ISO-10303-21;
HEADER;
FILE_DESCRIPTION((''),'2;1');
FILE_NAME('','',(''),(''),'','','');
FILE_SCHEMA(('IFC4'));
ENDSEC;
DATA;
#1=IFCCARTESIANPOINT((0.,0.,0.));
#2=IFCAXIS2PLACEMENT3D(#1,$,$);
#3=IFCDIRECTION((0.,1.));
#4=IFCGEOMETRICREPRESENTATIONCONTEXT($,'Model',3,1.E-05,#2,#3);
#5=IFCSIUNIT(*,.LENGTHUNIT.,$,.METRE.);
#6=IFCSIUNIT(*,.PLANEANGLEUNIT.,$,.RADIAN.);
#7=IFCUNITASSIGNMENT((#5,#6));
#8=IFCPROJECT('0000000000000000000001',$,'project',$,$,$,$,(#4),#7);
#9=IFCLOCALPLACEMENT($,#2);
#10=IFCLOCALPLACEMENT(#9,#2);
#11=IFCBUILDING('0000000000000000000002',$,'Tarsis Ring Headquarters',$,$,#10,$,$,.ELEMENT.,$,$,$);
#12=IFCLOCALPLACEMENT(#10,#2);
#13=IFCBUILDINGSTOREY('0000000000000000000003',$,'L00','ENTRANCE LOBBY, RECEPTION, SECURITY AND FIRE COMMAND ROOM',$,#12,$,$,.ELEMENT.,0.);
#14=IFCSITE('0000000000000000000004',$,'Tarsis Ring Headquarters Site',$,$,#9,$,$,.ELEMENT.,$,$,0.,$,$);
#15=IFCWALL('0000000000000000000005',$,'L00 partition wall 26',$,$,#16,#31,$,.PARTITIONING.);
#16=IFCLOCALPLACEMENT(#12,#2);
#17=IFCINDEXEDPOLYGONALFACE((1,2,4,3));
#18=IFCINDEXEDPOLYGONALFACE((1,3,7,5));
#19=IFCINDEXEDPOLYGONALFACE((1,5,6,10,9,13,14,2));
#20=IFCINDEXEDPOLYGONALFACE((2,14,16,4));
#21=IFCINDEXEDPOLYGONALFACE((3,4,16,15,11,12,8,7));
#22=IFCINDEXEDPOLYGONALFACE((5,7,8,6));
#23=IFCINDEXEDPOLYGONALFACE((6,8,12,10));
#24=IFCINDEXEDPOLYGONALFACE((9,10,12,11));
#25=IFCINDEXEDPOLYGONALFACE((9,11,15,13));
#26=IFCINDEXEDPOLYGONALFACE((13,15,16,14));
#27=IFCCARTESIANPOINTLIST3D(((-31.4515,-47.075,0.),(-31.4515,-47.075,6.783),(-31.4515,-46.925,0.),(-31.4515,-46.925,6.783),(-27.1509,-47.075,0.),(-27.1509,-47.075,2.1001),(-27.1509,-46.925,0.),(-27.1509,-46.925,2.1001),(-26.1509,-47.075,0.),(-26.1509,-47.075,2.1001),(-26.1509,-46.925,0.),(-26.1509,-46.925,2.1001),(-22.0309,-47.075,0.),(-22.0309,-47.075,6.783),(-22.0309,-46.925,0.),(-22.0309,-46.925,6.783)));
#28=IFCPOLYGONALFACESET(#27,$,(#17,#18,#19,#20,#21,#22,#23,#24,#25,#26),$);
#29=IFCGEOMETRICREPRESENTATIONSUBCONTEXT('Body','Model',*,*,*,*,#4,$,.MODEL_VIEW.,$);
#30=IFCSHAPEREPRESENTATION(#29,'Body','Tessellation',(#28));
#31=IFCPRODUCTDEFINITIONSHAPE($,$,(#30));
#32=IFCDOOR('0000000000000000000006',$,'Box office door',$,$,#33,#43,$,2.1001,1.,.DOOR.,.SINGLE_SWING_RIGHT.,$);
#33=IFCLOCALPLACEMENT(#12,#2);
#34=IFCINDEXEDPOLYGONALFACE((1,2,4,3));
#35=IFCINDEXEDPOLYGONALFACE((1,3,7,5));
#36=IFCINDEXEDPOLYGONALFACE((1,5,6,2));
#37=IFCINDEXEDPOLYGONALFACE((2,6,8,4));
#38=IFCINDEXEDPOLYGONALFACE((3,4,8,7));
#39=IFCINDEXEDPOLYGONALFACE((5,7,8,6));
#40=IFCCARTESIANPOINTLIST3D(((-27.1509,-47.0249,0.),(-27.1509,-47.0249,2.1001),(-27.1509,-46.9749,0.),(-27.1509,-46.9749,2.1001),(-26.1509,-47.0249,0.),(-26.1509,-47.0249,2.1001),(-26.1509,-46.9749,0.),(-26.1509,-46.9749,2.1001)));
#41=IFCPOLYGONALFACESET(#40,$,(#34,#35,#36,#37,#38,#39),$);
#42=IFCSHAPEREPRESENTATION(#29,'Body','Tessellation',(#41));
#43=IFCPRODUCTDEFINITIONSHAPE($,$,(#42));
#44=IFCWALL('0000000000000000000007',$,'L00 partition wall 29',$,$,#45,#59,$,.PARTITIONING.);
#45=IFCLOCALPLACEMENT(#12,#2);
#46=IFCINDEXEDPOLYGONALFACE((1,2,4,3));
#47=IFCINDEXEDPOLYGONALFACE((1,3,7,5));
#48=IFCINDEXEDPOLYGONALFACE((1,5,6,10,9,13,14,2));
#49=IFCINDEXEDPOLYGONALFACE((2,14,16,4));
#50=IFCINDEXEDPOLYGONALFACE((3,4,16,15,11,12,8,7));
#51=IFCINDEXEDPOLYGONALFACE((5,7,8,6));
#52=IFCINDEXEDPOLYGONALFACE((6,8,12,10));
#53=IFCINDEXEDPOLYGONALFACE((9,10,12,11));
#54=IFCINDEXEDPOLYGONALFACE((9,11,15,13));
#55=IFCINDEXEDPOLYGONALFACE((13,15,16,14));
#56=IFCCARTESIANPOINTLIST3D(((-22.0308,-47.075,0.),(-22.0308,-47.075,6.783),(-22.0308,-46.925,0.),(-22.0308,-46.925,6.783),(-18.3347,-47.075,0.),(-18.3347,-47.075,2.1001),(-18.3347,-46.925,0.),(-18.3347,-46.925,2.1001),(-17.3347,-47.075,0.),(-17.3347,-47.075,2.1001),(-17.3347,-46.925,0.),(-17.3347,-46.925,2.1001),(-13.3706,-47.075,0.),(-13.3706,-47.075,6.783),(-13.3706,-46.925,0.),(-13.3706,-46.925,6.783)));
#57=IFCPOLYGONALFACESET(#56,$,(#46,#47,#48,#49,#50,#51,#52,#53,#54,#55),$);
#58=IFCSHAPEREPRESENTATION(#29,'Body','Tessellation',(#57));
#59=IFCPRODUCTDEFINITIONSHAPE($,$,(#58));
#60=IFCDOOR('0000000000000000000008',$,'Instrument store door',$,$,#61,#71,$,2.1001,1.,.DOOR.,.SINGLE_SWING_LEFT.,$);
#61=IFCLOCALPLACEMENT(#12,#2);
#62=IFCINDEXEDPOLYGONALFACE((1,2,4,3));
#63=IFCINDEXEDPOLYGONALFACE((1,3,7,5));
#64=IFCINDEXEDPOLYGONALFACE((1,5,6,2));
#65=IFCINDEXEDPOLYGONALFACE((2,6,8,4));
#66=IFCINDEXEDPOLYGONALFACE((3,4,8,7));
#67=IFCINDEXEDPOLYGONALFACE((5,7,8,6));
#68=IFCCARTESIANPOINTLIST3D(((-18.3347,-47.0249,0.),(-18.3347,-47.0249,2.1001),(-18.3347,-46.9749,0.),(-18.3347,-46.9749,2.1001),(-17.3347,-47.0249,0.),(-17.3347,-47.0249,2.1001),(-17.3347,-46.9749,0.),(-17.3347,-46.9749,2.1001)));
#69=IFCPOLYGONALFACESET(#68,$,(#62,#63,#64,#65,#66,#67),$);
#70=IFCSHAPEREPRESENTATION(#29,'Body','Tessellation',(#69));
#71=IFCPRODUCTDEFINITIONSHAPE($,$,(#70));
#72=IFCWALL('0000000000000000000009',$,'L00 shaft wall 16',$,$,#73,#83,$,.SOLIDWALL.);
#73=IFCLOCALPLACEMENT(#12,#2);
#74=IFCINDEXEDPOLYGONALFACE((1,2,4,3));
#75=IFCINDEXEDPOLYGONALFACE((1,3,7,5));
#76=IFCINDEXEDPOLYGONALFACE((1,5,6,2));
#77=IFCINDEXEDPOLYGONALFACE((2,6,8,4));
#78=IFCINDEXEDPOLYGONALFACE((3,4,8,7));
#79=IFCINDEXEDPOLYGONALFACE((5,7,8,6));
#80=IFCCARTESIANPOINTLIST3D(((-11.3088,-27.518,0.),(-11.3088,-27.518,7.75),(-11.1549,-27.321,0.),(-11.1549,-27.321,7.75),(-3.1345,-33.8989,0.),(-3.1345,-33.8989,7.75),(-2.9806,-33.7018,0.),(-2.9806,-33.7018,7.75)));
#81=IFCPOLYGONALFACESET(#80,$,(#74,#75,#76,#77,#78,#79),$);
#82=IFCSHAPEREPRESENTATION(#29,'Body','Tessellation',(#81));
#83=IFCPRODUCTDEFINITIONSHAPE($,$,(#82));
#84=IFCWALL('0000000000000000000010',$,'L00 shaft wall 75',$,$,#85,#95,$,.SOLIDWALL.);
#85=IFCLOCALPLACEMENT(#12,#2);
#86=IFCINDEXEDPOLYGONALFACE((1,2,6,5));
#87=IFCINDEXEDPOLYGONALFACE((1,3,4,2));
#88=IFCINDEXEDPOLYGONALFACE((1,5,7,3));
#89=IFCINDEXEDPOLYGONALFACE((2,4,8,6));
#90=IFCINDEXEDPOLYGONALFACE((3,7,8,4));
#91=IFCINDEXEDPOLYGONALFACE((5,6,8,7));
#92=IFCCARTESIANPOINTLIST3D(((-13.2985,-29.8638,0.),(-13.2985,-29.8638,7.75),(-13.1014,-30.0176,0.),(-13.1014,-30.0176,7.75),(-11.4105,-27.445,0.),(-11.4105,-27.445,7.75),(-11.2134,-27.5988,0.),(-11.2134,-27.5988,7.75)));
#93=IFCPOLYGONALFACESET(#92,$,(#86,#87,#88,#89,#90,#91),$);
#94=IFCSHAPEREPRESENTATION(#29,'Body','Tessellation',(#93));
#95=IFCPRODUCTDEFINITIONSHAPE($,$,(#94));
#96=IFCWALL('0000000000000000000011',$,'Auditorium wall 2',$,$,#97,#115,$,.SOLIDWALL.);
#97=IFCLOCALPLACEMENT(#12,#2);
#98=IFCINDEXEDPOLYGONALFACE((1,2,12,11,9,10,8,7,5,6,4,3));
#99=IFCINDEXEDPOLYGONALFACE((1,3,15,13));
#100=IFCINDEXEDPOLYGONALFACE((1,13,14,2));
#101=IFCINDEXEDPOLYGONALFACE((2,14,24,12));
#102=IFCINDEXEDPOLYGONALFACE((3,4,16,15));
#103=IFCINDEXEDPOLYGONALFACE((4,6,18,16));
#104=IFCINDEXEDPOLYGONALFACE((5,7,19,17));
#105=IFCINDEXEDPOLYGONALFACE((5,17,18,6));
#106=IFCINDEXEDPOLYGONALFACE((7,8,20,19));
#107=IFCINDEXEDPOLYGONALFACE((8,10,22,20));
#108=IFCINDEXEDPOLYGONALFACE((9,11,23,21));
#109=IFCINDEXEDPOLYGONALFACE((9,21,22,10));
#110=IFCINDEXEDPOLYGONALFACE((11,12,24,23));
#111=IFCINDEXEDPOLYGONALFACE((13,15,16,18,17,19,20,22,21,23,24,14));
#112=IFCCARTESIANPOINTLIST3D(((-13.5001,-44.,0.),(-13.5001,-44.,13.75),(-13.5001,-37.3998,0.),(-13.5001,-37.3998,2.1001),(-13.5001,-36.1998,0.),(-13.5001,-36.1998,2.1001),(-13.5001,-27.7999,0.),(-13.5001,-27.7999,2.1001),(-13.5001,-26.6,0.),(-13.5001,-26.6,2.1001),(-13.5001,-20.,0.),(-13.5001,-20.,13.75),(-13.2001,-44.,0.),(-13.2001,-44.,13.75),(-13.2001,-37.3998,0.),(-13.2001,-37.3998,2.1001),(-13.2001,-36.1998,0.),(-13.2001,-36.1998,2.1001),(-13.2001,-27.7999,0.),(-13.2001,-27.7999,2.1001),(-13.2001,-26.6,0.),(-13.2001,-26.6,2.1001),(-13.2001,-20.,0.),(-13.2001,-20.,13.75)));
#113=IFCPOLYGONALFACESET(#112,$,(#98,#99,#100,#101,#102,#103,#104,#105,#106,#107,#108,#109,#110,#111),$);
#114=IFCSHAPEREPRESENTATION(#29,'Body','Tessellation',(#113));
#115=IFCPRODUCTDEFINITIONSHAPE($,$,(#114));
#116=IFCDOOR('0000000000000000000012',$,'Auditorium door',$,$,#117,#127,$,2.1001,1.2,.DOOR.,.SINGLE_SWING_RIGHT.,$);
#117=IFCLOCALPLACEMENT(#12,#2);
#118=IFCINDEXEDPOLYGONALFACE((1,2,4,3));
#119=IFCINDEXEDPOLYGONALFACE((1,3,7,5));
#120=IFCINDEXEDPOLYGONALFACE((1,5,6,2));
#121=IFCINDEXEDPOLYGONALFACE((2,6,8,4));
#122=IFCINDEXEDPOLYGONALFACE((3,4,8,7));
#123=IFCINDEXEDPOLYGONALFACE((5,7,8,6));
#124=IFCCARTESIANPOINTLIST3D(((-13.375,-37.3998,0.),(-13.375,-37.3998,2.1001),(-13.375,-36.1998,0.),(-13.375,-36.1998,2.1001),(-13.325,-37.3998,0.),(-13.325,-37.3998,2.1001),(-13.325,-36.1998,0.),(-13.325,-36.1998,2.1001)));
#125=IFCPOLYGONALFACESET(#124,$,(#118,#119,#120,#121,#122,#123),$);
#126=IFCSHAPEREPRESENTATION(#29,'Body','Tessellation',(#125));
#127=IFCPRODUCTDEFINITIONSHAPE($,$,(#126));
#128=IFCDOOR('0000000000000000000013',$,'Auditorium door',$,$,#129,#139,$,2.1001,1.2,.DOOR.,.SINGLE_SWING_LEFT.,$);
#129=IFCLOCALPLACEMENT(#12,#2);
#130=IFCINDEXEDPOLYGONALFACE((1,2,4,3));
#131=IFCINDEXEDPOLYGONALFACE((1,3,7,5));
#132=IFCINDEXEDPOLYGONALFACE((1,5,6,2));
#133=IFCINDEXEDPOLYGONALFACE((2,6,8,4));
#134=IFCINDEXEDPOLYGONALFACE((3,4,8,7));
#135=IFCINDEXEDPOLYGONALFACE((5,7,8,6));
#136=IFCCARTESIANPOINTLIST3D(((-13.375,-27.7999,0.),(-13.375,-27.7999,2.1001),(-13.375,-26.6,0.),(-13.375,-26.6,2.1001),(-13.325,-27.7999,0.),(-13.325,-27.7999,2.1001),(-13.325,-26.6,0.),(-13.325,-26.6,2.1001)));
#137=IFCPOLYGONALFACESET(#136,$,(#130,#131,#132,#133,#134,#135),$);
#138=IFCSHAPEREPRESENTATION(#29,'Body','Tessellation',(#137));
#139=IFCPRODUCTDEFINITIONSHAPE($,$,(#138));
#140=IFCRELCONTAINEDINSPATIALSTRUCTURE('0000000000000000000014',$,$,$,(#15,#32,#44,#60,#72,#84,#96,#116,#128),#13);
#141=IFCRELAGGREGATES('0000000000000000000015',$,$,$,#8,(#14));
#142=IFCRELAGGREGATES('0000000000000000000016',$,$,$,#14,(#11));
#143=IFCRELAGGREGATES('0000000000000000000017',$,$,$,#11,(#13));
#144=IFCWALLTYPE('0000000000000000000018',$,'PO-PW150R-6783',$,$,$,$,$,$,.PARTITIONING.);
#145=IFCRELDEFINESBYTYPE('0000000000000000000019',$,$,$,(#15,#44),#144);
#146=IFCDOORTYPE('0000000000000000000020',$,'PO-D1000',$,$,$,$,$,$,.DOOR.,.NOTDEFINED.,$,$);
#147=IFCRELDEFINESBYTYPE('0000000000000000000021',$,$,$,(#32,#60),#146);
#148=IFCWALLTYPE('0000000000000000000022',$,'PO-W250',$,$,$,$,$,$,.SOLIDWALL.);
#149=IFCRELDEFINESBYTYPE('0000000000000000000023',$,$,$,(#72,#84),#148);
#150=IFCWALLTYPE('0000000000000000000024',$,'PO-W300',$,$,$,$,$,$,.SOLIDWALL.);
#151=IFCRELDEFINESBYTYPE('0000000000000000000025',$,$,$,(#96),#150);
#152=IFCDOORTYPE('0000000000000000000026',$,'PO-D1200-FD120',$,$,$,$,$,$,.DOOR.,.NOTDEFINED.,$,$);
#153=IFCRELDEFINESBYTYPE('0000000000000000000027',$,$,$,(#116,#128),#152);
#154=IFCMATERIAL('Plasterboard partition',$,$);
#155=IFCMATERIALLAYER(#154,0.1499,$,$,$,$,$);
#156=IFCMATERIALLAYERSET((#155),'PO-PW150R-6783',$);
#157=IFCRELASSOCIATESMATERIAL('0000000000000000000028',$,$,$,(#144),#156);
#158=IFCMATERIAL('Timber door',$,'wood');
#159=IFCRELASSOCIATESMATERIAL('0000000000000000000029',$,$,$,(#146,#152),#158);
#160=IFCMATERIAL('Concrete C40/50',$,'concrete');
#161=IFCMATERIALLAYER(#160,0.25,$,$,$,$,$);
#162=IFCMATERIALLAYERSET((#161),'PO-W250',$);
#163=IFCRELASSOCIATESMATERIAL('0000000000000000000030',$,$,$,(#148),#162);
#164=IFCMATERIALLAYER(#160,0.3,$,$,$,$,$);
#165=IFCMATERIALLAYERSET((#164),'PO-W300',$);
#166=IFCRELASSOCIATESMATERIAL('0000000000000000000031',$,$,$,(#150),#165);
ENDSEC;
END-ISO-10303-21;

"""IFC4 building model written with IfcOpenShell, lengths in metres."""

from ifc_helpers import new_model, si_unit, direction, frame, frame_2d, origin, place, context, subcontext, project, spatial, rectangle, extrude, material, layer, layer_set, type_object, element, fill, save


model = new_model("IFC4")

# Units and contexts
model_context = context("Model", 3, precision=1e-05, world=origin(), true_north=direction((0.0, 1.0)))
body_context = subcontext(model_context, "Body", "Model", "MODEL_VIEW")
ifc_project = project(units=[si_unit("LENGTHUNIT", "METRE"), si_unit("PLANEANGLEUNIT", "RADIAN")], contexts=[model_context])

# Site, building, storey
site_placement = place(None, origin())
site = spatial("IfcSite", under=ifc_project, at=site_placement, Name="Tarsis Ring Headquarters Site", CompositionType="ELEMENT", RefElevation=0.0)
building_placement = place(site_placement, origin())
building = spatial("IfcBuilding", under=site, at=building_placement, Name="Tarsis Ring Headquarters", CompositionType="ELEMENT")
storey_placement = place(building_placement, origin())
storey = spatial("IfcBuildingStorey", under=building, at=storey_placement, Name="L00", Description="ENTRANCE LOBBY, RECEPTION, SECURITY AND FIRE COMMAND ROOM", CompositionType="ELEMENT", Elevation=0.0)

# Shared definitions
ifc_material_1 = material(Name="Concrete C40/50", Category="concrete")

# Shared definitions
ifc_material_2 = material(Name="Plasterboard partition")

# Walls, openings, doors
ifc_layer_1 = layer(ifc_material_2, 0.1499)
ifc_layer_set_1 = layer_set([ifc_layer_1], Name="PO-PW150R-6783")
wall_type_1 = type_object("IfcWallType", Name="PO-PW150R-6783", PredefinedType="PARTITIONING", material=ifc_layer_set_1)
wall_1_placement = place(storey_placement, frame((-22.0308, -47.0, 0.0), z_axis=(0.0, 0.0, 1.0), x_axis=(-1.0, 0.0, 0.0)))
wall_1 = element("IfcWall", 1, at=wall_1_placement, inside=storey, type_object=wall_type_1, Name="L00 partition wall 26", PredefinedType="PARTITIONING", context=body_context, shape_type="SweptSolid", body=[
    extrude(rectangle(XDim=9.4207, YDim=0.1499, at=frame_2d((4.7104, 0.0))), origin(), (0.0, 0.0, 1.0), 6.783),
])
opening_1_placement = place(wall_1_placement, frame((4.1201, 0.0, 0.0)))
opening_1 = element("IfcOpeningElement", 2, at=opening_1_placement, cuts=wall_1, PredefinedType="OPENING", context=body_context, shape_type="SweptSolid", body=[
    extrude(rectangle(XDim=1.0, YDim=2.1001, at=frame_2d((0.5, 1.05))), frame((0.0, 0.085, 0.0), z_axis=(0.0, -1.0, 0.0), x_axis=(1.0, 0.0, 0.0)), (0.0, 0.0, 1.0), 0.1699),
])
ifc_material_3 = material(Name="Timber door", Category="wood")
door_type_1 = type_object("IfcDoorType", Name="PO-D1000", OperationType="NOTDEFINED", PredefinedType="DOOR", material=ifc_material_3)
door_1_placement = place(opening_1_placement, origin())
door_1 = element("IfcDoor", 3, at=door_1_placement, inside=storey, type_object=door_type_1, Name="Box office door", OperationType="SINGLE_SWING_RIGHT", OverallHeight=2.1001, OverallWidth=1.0, PredefinedType="DOOR", context=body_context, shape_type="SweptSolid", body=[
    extrude(rectangle(XDim=1.0, YDim=2.1001, at=frame_2d((0.5, 1.05))), frame((0.0, 0.0249, 0.0), z_axis=(0.0, -1.0, 0.0), x_axis=(1.0, 0.0, 0.0)), (0.0, 0.0, 1.0), 0.05),
])
fill(opening_1, door_1)
wall_2_placement = place(storey_placement, frame((-13.3706, -47.0, 0.0), z_axis=(0.0, 0.0, 1.0), x_axis=(-1.0, 0.0, 0.0)))
wall_2 = element("IfcWall", 4, at=wall_2_placement, inside=storey, type_object=wall_type_1, Name="L00 partition wall 29", PredefinedType="PARTITIONING", context=body_context, shape_type="SweptSolid", body=[
    extrude(rectangle(XDim=8.6602, YDim=0.1499, at=frame_2d((4.3301, 0.0))), origin(), (0.0, 0.0, 1.0), 6.783),
])
opening_2_placement = place(wall_2_placement, frame((3.9641, 0.0, 0.0)))
opening_2 = element("IfcOpeningElement", 5, at=opening_2_placement, cuts=wall_2, PredefinedType="OPENING", context=body_context, shape_type="SweptSolid", body=[
    extrude(rectangle(XDim=1.0, YDim=2.1001, at=frame_2d((0.5, 1.05))), frame((0.0, 0.085, 0.0), z_axis=(0.0, -1.0, 0.0), x_axis=(1.0, 0.0, 0.0)), (0.0, 0.0, 1.0), 0.1699),
])
door_2_placement = place(opening_2_placement, origin())
door_2 = element("IfcDoor", 6, at=door_2_placement, inside=storey, type_object=door_type_1, Name="Instrument store door", OperationType="SINGLE_SWING_LEFT", OverallHeight=2.1001, OverallWidth=1.0, PredefinedType="DOOR", context=body_context, shape_type="SweptSolid", body=[
    extrude(rectangle(XDim=1.0, YDim=2.1001, at=frame_2d((0.5, 1.05))), frame((0.0, 0.0249, 0.0), z_axis=(0.0, -1.0, 0.0), x_axis=(1.0, 0.0, 0.0)), (0.0, 0.0, 1.0), 0.05),
])
fill(opening_2, door_2)

# Walls
ifc_layer_2 = layer(ifc_material_1, 0.25)
ifc_layer_set_2 = layer_set([ifc_layer_2], Name="PO-W250")
wall_type_2 = type_object("IfcWallType", Name="PO-W250", PredefinedType="SOLIDWALL", material=ifc_layer_set_2)
wall_3_placement = place(storey_placement, frame((-11.2319, -27.4194, 0.0), z_axis=(0.0, 0.0, 1.0), x_axis=(0.788273, -0.615325, 0.0)))
element("IfcWall", 7, at=wall_3_placement, inside=storey, type_object=wall_type_2, Name="L00 shaft wall 16", PredefinedType="SOLIDWALL", context=body_context, shape_type="SweptSolid", body=[
    extrude(rectangle(XDim=10.3699, YDim=0.25, at=frame_2d((5.1851, 0.0))), origin(), (0.0, 0.0, 1.0), 7.75),
])
wall_4_placement = place(storey_placement, frame((-13.2, -29.9407, 0.0), z_axis=(0.0, 0.0, 1.0), x_axis=(0.615306, 0.788288, 0.0)))
element("IfcWall", 8, at=wall_4_placement, inside=storey, type_object=wall_type_2, Name="L00 shaft wall 75", PredefinedType="SOLIDWALL", context=body_context, shape_type="SweptSolid", body=[
    extrude(rectangle(XDim=3.0684, YDim=0.25, at=frame_2d((1.5342, 0.0))), origin(), (0.0, 0.0, 1.0), 7.75),
])

# Wall, openings, doors
ifc_layer_3 = layer(ifc_material_1, 0.3)
ifc_layer_set_3 = layer_set([ifc_layer_3], Name="PO-W300")
wall_type_3 = type_object("IfcWallType", Name="PO-W300", PredefinedType="SOLIDWALL", material=ifc_layer_set_3)
wall_5_placement = place(storey_placement, frame((-13.3501, -44.0, 0.0), z_axis=(0.0, 0.0, 1.0), x_axis=(0.0, 1.0, 0.0)))
wall_5 = element("IfcWall", 9, at=wall_5_placement, inside=storey, type_object=wall_type_3, Name="Auditorium wall 2", PredefinedType="SOLIDWALL", context=body_context, shape_type="SweptSolid", body=[
    extrude(rectangle(XDim=24.0, YDim=0.3, at=frame_2d((12.0, 0.0))), origin(), (0.0, 0.0, 1.0), 13.75),
])
opening_3_placement = place(wall_5_placement, frame((6.6001, 0.0, 0.0)))
opening_3 = element("IfcOpeningElement", 10, at=opening_3_placement, cuts=wall_5, PredefinedType="OPENING", context=body_context, shape_type="SweptSolid", body=[
    extrude(rectangle(XDim=1.2, YDim=2.1001, at=frame_2d((0.6001, 1.05))), frame((0.0, 0.1599, 0.0), z_axis=(0.0, -1.0, 0.0), x_axis=(1.0, 0.0, 0.0)), (0.0, 0.0, 1.0), 0.3201),
])
opening_4_placement = place(wall_5_placement, frame((16.2, 0.0, 0.0)))
opening_4 = element("IfcOpeningElement", 11, at=opening_4_placement, cuts=wall_5, PredefinedType="OPENING", context=body_context, shape_type="SweptSolid", body=[
    extrude(rectangle(XDim=1.2, YDim=2.1001, at=frame_2d((0.6001, 1.05))), frame((0.0, 0.1599, 0.0), z_axis=(0.0, -1.0, 0.0), x_axis=(1.0, 0.0, 0.0)), (0.0, 0.0, 1.0), 0.3201),
])
door_type_2 = type_object("IfcDoorType", Name="PO-D1200-FD120", OperationType="NOTDEFINED", PredefinedType="DOOR", material=ifc_material_3)
door_3_placement = place(opening_3_placement, origin())
door_3 = element("IfcDoor", 12, at=door_3_placement, inside=storey, type_object=door_type_2, Name="Auditorium door", OperationType="SINGLE_SWING_RIGHT", OverallHeight=2.1001, OverallWidth=1.2, PredefinedType="DOOR", context=body_context, shape_type="SweptSolid", body=[
    extrude(rectangle(XDim=1.2, YDim=2.1001, at=frame_2d((0.6001, 1.05))), frame((0.0, 0.0249, 0.0), z_axis=(0.0, -1.0, 0.0), x_axis=(1.0, 0.0, 0.0)), (0.0, 0.0, 1.0), 0.05),
])
fill(opening_3, door_3)
door_4_placement = place(opening_4_placement, origin())
door_4 = element("IfcDoor", 13, at=door_4_placement, inside=storey, type_object=door_type_2, Name="Auditorium door", OperationType="SINGLE_SWING_LEFT", OverallHeight=2.1001, OverallWidth=1.2, PredefinedType="DOOR", context=body_context, shape_type="SweptSolid", body=[
    extrude(rectangle(XDim=1.2, YDim=2.1001, at=frame_2d((0.6001, 1.05))), frame((0.0, 0.0249, 0.0), z_axis=(0.0, -1.0, 0.0), x_axis=(1.0, 0.0, 0.0)), (0.0, 0.0, 1.0), 0.05),
])
fill(opening_4, door_4)

save(model, "model.ifc")
